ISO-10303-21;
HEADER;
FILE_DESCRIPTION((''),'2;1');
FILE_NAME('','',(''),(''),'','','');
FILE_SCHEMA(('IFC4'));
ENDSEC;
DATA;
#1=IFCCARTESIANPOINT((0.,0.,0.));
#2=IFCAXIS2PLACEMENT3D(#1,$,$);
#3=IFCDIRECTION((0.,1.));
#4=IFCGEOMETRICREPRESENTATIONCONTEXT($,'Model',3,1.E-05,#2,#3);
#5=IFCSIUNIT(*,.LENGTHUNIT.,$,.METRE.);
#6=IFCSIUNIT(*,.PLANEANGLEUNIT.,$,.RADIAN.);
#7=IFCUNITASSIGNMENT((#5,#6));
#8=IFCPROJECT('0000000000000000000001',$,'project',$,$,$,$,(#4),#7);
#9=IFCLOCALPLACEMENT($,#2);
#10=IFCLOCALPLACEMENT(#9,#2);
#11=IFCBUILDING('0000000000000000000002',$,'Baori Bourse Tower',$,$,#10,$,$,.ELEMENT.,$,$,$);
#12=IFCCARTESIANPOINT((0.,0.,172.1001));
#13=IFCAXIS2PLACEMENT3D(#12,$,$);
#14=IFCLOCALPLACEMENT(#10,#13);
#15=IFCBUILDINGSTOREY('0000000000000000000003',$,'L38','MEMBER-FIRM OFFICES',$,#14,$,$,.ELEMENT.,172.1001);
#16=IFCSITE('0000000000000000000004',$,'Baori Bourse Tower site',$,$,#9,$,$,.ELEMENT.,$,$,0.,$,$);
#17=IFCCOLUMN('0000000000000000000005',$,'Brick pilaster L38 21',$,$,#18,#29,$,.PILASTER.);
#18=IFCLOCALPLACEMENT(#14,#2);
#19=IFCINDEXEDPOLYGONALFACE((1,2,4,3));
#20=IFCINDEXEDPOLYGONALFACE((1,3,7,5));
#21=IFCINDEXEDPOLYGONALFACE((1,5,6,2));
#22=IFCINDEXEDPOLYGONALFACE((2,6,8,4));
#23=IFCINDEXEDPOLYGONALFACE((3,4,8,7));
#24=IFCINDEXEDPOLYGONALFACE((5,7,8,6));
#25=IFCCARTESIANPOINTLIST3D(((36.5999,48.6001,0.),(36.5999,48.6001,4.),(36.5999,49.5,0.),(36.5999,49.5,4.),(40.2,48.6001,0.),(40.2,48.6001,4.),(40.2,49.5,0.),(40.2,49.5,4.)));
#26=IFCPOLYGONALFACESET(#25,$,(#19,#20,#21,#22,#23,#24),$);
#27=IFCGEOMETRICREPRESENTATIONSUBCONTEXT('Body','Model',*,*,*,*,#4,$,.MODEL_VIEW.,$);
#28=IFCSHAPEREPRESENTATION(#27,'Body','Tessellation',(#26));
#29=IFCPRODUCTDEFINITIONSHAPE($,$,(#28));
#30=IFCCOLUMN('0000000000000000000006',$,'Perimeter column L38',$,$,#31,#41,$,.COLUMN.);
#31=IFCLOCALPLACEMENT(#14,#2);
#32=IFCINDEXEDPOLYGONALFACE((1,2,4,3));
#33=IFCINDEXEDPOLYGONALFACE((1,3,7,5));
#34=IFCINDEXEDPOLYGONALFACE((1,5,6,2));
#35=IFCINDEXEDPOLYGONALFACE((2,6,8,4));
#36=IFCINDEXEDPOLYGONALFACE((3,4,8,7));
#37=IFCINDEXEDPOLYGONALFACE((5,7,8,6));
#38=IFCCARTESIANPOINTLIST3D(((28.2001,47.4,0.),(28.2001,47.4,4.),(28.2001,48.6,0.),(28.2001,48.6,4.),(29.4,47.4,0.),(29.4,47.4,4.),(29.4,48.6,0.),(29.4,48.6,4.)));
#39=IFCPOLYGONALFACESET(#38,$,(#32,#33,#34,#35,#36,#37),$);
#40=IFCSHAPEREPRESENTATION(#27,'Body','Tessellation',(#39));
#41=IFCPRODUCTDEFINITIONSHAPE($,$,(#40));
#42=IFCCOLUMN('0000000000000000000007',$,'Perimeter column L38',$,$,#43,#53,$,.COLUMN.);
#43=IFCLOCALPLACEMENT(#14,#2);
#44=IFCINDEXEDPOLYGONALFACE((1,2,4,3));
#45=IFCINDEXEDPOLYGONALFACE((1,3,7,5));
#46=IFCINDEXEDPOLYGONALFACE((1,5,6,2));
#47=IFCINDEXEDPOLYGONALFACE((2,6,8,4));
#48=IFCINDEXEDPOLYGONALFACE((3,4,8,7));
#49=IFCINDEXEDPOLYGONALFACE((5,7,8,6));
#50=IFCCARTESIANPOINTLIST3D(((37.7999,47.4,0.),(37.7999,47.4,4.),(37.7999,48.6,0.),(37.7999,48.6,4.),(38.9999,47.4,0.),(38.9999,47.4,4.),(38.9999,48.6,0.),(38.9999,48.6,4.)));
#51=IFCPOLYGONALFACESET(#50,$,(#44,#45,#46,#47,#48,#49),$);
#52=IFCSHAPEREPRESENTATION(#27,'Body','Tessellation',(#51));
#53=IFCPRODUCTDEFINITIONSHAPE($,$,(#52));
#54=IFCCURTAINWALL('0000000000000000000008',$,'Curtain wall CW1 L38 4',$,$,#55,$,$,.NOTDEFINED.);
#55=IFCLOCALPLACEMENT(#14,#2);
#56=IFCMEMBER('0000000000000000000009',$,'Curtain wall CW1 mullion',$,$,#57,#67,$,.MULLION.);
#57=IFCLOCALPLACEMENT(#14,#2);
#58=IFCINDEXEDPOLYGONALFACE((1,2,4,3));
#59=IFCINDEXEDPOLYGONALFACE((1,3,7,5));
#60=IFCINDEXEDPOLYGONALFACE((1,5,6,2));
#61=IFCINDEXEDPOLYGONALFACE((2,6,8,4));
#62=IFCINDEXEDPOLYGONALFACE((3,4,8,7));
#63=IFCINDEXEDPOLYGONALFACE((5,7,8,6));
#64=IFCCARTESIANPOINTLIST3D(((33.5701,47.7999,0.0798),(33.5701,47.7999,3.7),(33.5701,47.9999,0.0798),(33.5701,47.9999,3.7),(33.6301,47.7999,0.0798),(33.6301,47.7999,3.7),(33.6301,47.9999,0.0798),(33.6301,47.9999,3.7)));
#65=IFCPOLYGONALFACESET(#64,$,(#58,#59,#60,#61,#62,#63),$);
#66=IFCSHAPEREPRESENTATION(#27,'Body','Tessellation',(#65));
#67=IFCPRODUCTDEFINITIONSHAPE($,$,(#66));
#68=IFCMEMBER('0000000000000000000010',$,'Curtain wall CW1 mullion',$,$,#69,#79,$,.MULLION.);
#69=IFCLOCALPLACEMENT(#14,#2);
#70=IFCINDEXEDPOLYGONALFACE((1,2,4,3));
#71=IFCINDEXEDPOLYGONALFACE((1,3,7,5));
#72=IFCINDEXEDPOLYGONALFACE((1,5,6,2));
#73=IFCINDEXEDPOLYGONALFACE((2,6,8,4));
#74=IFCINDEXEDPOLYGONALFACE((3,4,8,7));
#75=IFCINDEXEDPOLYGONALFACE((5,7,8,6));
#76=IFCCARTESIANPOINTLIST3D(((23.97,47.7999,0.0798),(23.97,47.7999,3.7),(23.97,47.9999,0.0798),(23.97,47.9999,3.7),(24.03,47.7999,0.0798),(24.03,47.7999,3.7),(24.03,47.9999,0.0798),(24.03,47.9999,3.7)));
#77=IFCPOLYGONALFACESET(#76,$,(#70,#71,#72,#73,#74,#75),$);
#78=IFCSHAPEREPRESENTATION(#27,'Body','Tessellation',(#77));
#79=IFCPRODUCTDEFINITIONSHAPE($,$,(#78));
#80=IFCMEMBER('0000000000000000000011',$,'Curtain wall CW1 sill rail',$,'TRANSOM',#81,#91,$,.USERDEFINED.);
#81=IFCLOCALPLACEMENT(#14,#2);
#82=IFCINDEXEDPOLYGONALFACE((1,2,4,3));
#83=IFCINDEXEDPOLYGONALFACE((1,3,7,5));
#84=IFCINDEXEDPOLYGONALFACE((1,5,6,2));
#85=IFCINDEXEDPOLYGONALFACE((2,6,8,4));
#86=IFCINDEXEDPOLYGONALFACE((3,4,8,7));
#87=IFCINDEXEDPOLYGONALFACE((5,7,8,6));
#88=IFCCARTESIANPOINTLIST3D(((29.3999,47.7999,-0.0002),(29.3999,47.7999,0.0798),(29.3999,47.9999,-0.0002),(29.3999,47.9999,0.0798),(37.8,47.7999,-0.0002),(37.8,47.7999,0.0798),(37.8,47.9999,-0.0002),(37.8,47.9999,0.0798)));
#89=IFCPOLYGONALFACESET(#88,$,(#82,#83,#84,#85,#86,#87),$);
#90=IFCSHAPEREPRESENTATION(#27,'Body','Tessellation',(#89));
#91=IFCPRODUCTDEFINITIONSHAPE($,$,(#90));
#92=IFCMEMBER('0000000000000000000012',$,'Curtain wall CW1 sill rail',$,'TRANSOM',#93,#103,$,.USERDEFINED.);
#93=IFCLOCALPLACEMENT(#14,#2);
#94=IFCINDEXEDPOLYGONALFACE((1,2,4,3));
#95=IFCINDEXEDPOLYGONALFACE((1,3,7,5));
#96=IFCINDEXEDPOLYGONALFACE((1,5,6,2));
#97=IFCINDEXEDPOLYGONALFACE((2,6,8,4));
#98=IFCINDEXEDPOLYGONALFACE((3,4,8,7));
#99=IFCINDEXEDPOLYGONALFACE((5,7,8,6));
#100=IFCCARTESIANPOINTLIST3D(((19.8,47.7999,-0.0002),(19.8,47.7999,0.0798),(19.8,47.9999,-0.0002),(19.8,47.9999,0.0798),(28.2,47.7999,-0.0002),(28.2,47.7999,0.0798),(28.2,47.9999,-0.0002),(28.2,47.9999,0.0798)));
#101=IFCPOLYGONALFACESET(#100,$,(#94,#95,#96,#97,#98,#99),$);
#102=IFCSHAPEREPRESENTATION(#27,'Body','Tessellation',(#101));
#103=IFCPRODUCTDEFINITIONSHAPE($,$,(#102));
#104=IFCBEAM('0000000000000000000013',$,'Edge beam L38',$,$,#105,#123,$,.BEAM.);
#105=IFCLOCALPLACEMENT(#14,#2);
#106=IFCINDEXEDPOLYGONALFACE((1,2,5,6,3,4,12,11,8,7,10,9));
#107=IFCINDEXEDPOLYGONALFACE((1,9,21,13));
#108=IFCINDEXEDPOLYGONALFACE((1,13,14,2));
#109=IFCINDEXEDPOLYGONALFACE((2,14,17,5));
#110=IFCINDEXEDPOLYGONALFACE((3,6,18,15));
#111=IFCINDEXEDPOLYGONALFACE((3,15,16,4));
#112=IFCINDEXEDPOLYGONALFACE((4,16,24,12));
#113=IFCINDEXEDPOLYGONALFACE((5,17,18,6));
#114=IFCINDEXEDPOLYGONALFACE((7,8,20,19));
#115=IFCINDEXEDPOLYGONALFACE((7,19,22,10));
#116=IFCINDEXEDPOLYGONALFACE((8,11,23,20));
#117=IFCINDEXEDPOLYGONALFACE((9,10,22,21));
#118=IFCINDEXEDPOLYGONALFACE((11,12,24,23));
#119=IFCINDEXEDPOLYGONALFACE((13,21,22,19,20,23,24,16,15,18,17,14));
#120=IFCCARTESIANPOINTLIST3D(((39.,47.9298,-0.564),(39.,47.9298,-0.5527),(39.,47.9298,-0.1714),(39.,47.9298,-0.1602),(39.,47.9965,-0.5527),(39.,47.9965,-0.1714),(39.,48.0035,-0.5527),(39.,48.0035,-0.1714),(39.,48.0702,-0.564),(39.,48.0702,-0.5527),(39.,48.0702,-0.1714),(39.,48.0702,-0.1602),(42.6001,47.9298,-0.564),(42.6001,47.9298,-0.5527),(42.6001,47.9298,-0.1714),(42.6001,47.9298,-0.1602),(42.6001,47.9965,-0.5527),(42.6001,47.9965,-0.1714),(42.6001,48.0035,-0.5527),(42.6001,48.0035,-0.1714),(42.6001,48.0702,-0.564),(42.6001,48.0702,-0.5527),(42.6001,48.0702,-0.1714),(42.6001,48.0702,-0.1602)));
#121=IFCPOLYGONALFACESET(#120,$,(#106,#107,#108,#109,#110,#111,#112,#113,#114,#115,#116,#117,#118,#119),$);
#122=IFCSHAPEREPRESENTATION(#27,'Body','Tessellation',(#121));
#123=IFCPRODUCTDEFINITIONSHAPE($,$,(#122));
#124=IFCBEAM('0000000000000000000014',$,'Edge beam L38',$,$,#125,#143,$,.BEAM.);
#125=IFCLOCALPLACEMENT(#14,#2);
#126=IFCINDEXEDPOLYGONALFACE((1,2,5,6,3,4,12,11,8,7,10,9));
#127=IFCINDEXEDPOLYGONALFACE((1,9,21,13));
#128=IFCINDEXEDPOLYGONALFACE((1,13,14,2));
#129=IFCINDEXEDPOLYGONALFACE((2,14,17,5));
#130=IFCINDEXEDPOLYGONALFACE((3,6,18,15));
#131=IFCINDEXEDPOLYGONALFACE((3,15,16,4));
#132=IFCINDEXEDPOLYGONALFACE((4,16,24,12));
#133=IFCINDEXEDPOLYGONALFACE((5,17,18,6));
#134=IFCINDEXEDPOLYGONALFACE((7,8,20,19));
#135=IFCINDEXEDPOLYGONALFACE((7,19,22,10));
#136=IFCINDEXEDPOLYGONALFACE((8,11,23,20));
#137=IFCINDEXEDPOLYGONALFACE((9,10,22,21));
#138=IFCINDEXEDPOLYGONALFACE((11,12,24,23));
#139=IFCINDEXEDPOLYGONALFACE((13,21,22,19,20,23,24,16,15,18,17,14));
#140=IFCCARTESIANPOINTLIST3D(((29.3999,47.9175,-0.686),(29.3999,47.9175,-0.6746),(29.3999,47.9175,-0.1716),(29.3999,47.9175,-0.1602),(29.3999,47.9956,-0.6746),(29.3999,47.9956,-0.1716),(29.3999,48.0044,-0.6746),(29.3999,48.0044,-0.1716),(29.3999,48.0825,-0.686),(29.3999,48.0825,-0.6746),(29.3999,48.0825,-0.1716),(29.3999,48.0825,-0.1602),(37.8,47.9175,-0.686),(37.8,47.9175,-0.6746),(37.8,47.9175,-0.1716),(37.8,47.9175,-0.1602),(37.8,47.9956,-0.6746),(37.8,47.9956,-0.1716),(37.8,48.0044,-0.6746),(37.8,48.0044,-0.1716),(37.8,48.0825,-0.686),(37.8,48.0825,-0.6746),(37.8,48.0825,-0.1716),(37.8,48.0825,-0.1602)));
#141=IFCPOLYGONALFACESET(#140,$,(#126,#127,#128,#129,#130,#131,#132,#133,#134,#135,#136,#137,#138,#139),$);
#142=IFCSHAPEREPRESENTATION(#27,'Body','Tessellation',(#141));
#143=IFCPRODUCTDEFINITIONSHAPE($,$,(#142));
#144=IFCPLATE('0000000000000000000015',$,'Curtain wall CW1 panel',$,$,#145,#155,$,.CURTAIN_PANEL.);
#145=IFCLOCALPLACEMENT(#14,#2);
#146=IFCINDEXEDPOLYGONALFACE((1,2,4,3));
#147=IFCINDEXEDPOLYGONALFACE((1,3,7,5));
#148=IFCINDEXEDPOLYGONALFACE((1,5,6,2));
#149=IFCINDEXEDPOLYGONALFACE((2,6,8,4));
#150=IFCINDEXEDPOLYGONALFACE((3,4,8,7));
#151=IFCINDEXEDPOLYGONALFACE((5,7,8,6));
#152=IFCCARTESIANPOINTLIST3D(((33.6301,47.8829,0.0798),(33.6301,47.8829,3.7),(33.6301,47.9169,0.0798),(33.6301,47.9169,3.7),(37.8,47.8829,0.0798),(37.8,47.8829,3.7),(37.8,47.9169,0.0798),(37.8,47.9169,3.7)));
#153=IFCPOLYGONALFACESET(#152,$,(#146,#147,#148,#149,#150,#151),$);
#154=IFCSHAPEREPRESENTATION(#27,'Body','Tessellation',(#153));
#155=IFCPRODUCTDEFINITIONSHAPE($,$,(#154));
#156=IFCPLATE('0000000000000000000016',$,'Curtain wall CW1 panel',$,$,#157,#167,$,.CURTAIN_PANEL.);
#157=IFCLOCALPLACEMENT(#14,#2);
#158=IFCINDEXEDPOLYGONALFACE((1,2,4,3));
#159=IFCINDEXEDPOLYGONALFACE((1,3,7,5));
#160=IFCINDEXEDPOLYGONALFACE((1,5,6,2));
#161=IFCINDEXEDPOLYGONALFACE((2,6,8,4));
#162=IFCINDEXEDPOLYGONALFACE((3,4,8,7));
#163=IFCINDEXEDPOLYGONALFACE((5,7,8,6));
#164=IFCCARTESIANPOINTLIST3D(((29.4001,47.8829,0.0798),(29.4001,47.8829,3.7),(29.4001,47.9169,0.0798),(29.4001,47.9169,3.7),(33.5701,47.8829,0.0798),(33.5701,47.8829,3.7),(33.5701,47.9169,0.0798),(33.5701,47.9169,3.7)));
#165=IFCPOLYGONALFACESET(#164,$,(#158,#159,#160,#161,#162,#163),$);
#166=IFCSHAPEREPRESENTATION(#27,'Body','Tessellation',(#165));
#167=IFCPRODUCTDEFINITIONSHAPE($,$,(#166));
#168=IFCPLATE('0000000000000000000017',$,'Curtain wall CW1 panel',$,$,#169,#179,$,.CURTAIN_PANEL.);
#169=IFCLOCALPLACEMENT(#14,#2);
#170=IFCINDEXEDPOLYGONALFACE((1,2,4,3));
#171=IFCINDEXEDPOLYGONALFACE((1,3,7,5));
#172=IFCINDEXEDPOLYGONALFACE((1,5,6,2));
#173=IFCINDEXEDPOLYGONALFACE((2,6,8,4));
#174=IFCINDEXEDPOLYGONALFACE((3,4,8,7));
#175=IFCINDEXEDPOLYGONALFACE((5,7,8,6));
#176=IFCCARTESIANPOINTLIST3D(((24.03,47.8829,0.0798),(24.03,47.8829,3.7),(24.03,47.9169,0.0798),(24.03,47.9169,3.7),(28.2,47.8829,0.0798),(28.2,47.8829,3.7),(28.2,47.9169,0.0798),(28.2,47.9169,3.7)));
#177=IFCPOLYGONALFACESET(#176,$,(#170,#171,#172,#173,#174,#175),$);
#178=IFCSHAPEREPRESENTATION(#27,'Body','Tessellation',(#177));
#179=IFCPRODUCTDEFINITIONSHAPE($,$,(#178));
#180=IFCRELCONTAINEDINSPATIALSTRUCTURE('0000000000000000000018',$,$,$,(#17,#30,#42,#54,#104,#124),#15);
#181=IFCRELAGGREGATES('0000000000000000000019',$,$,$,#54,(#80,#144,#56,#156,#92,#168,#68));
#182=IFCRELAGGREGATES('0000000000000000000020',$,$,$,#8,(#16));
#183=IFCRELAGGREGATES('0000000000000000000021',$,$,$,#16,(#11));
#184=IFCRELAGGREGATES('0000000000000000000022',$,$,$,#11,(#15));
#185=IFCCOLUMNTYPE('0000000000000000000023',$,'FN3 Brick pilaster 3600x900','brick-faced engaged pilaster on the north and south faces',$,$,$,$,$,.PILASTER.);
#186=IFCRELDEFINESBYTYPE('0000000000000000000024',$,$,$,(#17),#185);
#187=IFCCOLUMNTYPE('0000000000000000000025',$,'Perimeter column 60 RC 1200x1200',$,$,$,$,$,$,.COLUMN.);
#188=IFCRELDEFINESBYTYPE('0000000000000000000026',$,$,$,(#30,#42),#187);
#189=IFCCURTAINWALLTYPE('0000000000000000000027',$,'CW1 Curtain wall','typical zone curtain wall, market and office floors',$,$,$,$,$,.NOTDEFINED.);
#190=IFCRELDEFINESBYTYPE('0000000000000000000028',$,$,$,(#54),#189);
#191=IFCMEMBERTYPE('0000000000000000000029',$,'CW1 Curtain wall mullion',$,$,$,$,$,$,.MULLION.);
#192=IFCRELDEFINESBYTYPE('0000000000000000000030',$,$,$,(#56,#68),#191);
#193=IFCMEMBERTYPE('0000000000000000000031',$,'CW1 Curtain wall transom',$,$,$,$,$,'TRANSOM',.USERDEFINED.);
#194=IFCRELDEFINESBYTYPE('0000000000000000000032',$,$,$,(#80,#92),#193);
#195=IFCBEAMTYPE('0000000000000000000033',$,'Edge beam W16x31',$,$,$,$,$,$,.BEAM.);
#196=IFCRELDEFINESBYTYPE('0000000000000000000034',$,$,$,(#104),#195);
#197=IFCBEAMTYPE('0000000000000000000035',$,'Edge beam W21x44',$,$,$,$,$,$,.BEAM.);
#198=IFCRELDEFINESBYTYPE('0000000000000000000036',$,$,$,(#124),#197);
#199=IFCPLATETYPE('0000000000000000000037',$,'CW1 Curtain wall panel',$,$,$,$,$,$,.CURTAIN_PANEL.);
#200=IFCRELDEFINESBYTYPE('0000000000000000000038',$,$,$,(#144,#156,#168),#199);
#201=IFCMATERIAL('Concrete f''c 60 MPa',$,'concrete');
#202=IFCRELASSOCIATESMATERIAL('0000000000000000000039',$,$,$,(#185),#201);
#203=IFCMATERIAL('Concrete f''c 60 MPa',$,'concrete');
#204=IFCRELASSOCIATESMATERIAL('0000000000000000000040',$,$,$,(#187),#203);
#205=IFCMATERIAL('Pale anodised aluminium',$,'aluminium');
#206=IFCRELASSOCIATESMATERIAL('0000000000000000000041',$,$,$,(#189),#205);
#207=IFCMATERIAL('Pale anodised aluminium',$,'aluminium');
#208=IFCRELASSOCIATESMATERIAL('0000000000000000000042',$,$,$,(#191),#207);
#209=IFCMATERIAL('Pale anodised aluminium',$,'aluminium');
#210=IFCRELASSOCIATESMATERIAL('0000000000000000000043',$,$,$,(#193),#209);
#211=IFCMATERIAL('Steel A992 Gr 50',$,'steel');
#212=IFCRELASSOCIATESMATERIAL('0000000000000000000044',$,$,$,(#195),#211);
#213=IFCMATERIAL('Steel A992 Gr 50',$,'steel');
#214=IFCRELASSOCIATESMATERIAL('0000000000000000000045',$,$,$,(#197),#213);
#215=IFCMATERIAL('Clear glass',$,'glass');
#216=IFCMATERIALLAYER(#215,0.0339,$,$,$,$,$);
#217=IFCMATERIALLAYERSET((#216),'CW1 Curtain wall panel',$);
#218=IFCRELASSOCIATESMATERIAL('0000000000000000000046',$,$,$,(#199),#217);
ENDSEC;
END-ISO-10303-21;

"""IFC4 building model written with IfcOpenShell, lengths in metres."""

from ifc_helpers import new_model, si_unit, direction, frame, origin, origin_2d, place, context, subcontext, project, spatial, rectangle, i_section, extrude, material, layer, layer_set, material_profile, profile_set, type_object, element, aggregate, save


model = new_model("IFC4")

# Units and contexts
model_context = context("Model", 3, precision=1e-05, world=origin(), true_north=direction((0.0, 1.0)))
body_context = subcontext(model_context, "Body", "Model", "MODEL_VIEW")
ifc_project = project(units=[si_unit("LENGTHUNIT", "METRE"), si_unit("PLANEANGLEUNIT", "RADIAN")], contexts=[model_context])

# Site, building, storey
site_placement = place(None, origin())
site = spatial("IfcSite", under=ifc_project, at=site_placement, Name="Baori Bourse Tower site", CompositionType="ELEMENT", RefElevation=0.0)
building_placement = place(site_placement, origin())
building = spatial("IfcBuilding", under=site, at=building_placement, Name="Baori Bourse Tower", CompositionType="ELEMENT")
storey_placement = place(building_placement, frame((0.0, 0.0, 172.1001)))
storey = spatial("IfcBuildingStorey", under=building, at=storey_placement, Name="L38", Description="MEMBER-FIRM OFFICES", CompositionType="ELEMENT", Elevation=172.1001)

# Columns
ifc_material_1 = material(Name="Concrete f'c 60 MPa", Category="concrete")
ifc_material_profile_1 = material_profile(ifc_material_1, rectangle(XDim=3.6001, YDim=0.8999, at=origin_2d()), Name="RC 3600x900")
ifc_profile_set_1 = profile_set([ifc_material_profile_1], Name="Concrete f'c 60 MPa")
column_type_1 = type_object("IfcColumnType", Name="FN3 Brick pilaster 3600x900", Description="brick-faced engaged pilaster on the north and south faces", PredefinedType="PILASTER", material=ifc_profile_set_1)
column_placement = place(storey_placement, frame((38.3999, 49.05, 0.0), z_axis=(0.0, 0.0, 1.0), x_axis=(1.0, 0.0, 0.0)))
element("IfcColumn", 1, at=column_placement, inside=storey, type_object=column_type_1, Name="Brick pilaster L38 21", PredefinedType="PILASTER", context=body_context, shape_type="SweptSolid", body=[
    extrude(rectangle(XDim=3.6001, YDim=0.8999, at=origin_2d()), origin(), (0.0, 0.0, 1.0), 4.0),
])
ifc_material_2 = material(Name="Concrete f'c 60 MPa", Category="concrete")
ifc_material_profile_2 = material_profile(ifc_material_2, rectangle(XDim=1.2, YDim=1.2, at=origin_2d()), Name="RC 1200x1200")
ifc_profile_set_2 = profile_set([ifc_material_profile_2], Name="Concrete f'c 60 MPa")
column_type_2 = type_object("IfcColumnType", Name="Perimeter column 60 RC 1200x1200", PredefinedType="COLUMN", material=ifc_profile_set_2)
for number, where, z_axis, x_axis, name in (
    (2, (28.8, 48.0, 0.0), (0.0, 0.0, 1.0), (1.0, 0.0, 0.0), "Perimeter column L38"),
    (3, (38.3999, 48.0, 0.0), (0.0, 0.0, 1.0), (1.0, 0.0, 0.0), "Perimeter column L38"),
):
    element("IfcColumn", number, at=place(storey_placement, frame(where, z_axis=z_axis, x_axis=x_axis)), inside=storey, type_object=column_type_2, Name=name, PredefinedType="COLUMN", context=body_context, shape_type="SweptSolid", body=[
        extrude(rectangle(XDim=1.2, YDim=1.2, at=origin_2d()), origin(), (0.0, 0.0, 1.0), 4.0),
    ])

# Curtain wall, members
ifc_material_3 = material(Name="Pale anodised aluminium", Category="aluminium")
curtain_wall_type = type_object("IfcCurtainWallType", Name="CW1 Curtain wall", Description="typical zone curtain wall, market and office floors", PredefinedType="NOTDEFINED", material=ifc_material_3)
curtain_wall_placement = place(storey_placement, origin())
curtain_wall = element("IfcCurtainWall", 4, at=curtain_wall_placement, inside=storey, type_object=curtain_wall_type, Name="Curtain wall CW1 L38 4", PredefinedType="NOTDEFINED")
ifc_material_4 = material(Name="Pale anodised aluminium", Category="aluminium")
ifc_material_profile_3 = material_profile(ifc_material_4, rectangle(XDim=0.2, YDim=0.0601, at=origin_2d()), Name="Mullion 60x200")
ifc_profile_set_3 = profile_set([ifc_material_profile_3], Name="Pale anodised aluminium")
member_type_1 = type_object("IfcMemberType", Name="CW1 Curtain wall mullion", PredefinedType="MULLION", material=ifc_profile_set_3)
member_1_placement = place(storey_placement, frame((33.6001, 47.8999, 0.0798), z_axis=(0.0, 0.0, 1.0), x_axis=(0.0, -1.0, 0.0)))
member_1 = element("IfcMember", 5, at=member_1_placement, type_object=member_type_1, Name="Curtain wall CW1 mullion", PredefinedType="MULLION", context=body_context, shape_type="SweptSolid", body=[
    extrude(rectangle(XDim=0.2, YDim=0.0601, at=origin_2d()), origin(), (0.0, 0.0, 1.0), 3.6201),
])
member_2_placement = place(storey_placement, frame((24.0, 47.8999, 0.0798), z_axis=(0.0, 0.0, 1.0), x_axis=(0.0, -1.0, 0.0)))
member_2 = element("IfcMember", 6, at=member_2_placement, type_object=member_type_1, Name="Curtain wall CW1 mullion", PredefinedType="MULLION", context=body_context, shape_type="SweptSolid", body=[
    extrude(rectangle(XDim=0.2, YDim=0.0601, at=origin_2d()), origin(), (0.0, 0.0, 1.0), 3.6201),
])
ifc_material_5 = material(Name="Pale anodised aluminium", Category="aluminium")
ifc_material_profile_4 = material_profile(ifc_material_5, rectangle(XDim=0.2, YDim=0.0801, at=origin_2d()), Name="Transom 80x200")
ifc_profile_set_4 = profile_set([ifc_material_profile_4], Name="Pale anodised aluminium")
member_type_2 = type_object("IfcMemberType", Name="CW1 Curtain wall transom", ElementType="TRANSOM", PredefinedType="USERDEFINED", material=ifc_profile_set_4)
member_3_placement = place(storey_placement, frame((37.8, 47.8999, 0.0398), z_axis=(-1.0, 0.0, 0.0), x_axis=(0.0, -1.0, 0.0)))
member_3 = element("IfcMember", 7, at=member_3_placement, type_object=member_type_2, Name="Curtain wall CW1 sill rail", ObjectType="TRANSOM", PredefinedType="USERDEFINED", context=body_context, shape_type="SweptSolid", body=[
    extrude(rectangle(XDim=0.2, YDim=0.0801, at=origin_2d()), origin(), (0.0, 0.0, 1.0), 8.4001),
])
member_4_placement = place(storey_placement, frame((28.2, 47.8999, 0.0398), z_axis=(-1.0, 0.0, 0.0), x_axis=(0.0, -1.0, 0.0)))
member_4 = element("IfcMember", 8, at=member_4_placement, type_object=member_type_2, Name="Curtain wall CW1 sill rail", ObjectType="TRANSOM", PredefinedType="USERDEFINED", context=body_context, shape_type="SweptSolid", body=[
    extrude(rectangle(XDim=0.2, YDim=0.0801, at=origin_2d()), origin(), (0.0, 0.0, 1.0), 8.3999),
])

# Beams
ifc_material_6 = material(Name="Steel A992 Gr 50", Category="steel")
ifc_material_profile_5 = material_profile(ifc_material_6, i_section(OverallWidth=0.1404, OverallDepth=0.4038, WebThickness=0.0071, FlangeThickness=0.0112, at=origin_2d()), Name="W16x31")
ifc_profile_set_5 = profile_set([ifc_material_profile_5], Name="Steel A992 Gr 50")
beam_type_1 = type_object("IfcBeamType", Name="Edge beam W16x31", PredefinedType="BEAM", material=ifc_profile_set_5)
beam_1_placement = place(storey_placement, frame((39.0, 48.0, -0.3621), z_axis=(1.0, 0.0, 0.0), x_axis=(0.0, 1.0, 0.0)))
element("IfcBeam", 9, at=beam_1_placement, inside=storey, type_object=beam_type_1, Name="Edge beam L38", PredefinedType="BEAM", context=body_context, shape_type="SweptSolid", body=[
    extrude(i_section(OverallWidth=0.1404, OverallDepth=0.4038, WebThickness=0.0071, FlangeThickness=0.0112, at=origin_2d()), origin(), (0.0, 0.0, 1.0), 3.6001),
])
ifc_material_7 = material(Name="Steel A992 Gr 50", Category="steel")
ifc_material_profile_6 = material_profile(ifc_material_7, i_section(OverallWidth=0.165, OverallDepth=0.5259, WebThickness=0.0088, FlangeThickness=0.0115, at=origin_2d()), Name="W21x44")
ifc_profile_set_6 = profile_set([ifc_material_profile_6], Name="Steel A992 Gr 50")
beam_type_2 = type_object("IfcBeamType", Name="Edge beam W21x44", PredefinedType="BEAM", material=ifc_profile_set_6)
beam_2_placement = place(storey_placement, frame((29.3999, 48.0, -0.4231), z_axis=(1.0, 0.0, 0.0), x_axis=(0.0, 1.0, 0.0)))
element("IfcBeam", 10, at=beam_2_placement, inside=storey, type_object=beam_type_2, Name="Edge beam L38", PredefinedType="BEAM", context=body_context, shape_type="SweptSolid", body=[
    extrude(i_section(OverallWidth=0.165, OverallDepth=0.5259, WebThickness=0.0088, FlangeThickness=0.0115, at=origin_2d()), origin(), (0.0, 0.0, 1.0), 8.4001),
])

# Plates
ifc_material_8 = material(Name="Clear glass", Category="glass")
ifc_layer_1 = layer(ifc_material_8, 0.0339)
ifc_layer_set_1 = layer_set([ifc_layer_1], Name="CW1 Curtain wall panel")
plate_type = type_object("IfcPlateType", Name="CW1 Curtain wall panel", PredefinedType="CURTAIN_PANEL", material=ifc_layer_set_1)
plate_1_placement = place(storey_placement, frame((35.7151, 47.8999, 0.0798), z_axis=(0.0, 0.0, 1.0), x_axis=(-1.0, 0.0, 0.0)))
plate_1 = element("IfcPlate", 11, at=plate_1_placement, type_object=plate_type, Name="Curtain wall CW1 panel", PredefinedType="CURTAIN_PANEL", context=body_context, shape_type="SweptSolid", body=[
    extrude(rectangle(XDim=4.1699, YDim=0.0339, at=origin_2d()), origin(), (0.0, 0.0, 1.0), 3.6201),
])
plate_2_placement = place(storey_placement, frame((31.4851, 47.8999, 0.0798), z_axis=(0.0, 0.0, 1.0), x_axis=(-1.0, 0.0, 0.0)))
plate_2 = element("IfcPlate", 12, at=plate_2_placement, type_object=plate_type, Name="Curtain wall CW1 panel", PredefinedType="CURTAIN_PANEL", context=body_context, shape_type="SweptSolid", body=[
    extrude(rectangle(XDim=4.1699, YDim=0.0339, at=origin_2d()), origin(), (0.0, 0.0, 1.0), 3.6201),
])
plate_3_placement = place(storey_placement, frame((26.115, 47.8999, 0.0798), z_axis=(0.0, 0.0, 1.0), x_axis=(-1.0, 0.0, 0.0)))
plate_3 = element("IfcPlate", 13, at=plate_3_placement, type_object=plate_type, Name="Curtain wall CW1 panel", PredefinedType="CURTAIN_PANEL", context=body_context, shape_type="SweptSolid", body=[
    extrude(rectangle(XDim=4.1699, YDim=0.0339, at=origin_2d()), origin(), (0.0, 0.0, 1.0), 3.6201),
])
aggregate(curtain_wall, [member_3, plate_1, member_1, plate_2, member_4, plate_3, member_2])

save(model, "model.ifc")
